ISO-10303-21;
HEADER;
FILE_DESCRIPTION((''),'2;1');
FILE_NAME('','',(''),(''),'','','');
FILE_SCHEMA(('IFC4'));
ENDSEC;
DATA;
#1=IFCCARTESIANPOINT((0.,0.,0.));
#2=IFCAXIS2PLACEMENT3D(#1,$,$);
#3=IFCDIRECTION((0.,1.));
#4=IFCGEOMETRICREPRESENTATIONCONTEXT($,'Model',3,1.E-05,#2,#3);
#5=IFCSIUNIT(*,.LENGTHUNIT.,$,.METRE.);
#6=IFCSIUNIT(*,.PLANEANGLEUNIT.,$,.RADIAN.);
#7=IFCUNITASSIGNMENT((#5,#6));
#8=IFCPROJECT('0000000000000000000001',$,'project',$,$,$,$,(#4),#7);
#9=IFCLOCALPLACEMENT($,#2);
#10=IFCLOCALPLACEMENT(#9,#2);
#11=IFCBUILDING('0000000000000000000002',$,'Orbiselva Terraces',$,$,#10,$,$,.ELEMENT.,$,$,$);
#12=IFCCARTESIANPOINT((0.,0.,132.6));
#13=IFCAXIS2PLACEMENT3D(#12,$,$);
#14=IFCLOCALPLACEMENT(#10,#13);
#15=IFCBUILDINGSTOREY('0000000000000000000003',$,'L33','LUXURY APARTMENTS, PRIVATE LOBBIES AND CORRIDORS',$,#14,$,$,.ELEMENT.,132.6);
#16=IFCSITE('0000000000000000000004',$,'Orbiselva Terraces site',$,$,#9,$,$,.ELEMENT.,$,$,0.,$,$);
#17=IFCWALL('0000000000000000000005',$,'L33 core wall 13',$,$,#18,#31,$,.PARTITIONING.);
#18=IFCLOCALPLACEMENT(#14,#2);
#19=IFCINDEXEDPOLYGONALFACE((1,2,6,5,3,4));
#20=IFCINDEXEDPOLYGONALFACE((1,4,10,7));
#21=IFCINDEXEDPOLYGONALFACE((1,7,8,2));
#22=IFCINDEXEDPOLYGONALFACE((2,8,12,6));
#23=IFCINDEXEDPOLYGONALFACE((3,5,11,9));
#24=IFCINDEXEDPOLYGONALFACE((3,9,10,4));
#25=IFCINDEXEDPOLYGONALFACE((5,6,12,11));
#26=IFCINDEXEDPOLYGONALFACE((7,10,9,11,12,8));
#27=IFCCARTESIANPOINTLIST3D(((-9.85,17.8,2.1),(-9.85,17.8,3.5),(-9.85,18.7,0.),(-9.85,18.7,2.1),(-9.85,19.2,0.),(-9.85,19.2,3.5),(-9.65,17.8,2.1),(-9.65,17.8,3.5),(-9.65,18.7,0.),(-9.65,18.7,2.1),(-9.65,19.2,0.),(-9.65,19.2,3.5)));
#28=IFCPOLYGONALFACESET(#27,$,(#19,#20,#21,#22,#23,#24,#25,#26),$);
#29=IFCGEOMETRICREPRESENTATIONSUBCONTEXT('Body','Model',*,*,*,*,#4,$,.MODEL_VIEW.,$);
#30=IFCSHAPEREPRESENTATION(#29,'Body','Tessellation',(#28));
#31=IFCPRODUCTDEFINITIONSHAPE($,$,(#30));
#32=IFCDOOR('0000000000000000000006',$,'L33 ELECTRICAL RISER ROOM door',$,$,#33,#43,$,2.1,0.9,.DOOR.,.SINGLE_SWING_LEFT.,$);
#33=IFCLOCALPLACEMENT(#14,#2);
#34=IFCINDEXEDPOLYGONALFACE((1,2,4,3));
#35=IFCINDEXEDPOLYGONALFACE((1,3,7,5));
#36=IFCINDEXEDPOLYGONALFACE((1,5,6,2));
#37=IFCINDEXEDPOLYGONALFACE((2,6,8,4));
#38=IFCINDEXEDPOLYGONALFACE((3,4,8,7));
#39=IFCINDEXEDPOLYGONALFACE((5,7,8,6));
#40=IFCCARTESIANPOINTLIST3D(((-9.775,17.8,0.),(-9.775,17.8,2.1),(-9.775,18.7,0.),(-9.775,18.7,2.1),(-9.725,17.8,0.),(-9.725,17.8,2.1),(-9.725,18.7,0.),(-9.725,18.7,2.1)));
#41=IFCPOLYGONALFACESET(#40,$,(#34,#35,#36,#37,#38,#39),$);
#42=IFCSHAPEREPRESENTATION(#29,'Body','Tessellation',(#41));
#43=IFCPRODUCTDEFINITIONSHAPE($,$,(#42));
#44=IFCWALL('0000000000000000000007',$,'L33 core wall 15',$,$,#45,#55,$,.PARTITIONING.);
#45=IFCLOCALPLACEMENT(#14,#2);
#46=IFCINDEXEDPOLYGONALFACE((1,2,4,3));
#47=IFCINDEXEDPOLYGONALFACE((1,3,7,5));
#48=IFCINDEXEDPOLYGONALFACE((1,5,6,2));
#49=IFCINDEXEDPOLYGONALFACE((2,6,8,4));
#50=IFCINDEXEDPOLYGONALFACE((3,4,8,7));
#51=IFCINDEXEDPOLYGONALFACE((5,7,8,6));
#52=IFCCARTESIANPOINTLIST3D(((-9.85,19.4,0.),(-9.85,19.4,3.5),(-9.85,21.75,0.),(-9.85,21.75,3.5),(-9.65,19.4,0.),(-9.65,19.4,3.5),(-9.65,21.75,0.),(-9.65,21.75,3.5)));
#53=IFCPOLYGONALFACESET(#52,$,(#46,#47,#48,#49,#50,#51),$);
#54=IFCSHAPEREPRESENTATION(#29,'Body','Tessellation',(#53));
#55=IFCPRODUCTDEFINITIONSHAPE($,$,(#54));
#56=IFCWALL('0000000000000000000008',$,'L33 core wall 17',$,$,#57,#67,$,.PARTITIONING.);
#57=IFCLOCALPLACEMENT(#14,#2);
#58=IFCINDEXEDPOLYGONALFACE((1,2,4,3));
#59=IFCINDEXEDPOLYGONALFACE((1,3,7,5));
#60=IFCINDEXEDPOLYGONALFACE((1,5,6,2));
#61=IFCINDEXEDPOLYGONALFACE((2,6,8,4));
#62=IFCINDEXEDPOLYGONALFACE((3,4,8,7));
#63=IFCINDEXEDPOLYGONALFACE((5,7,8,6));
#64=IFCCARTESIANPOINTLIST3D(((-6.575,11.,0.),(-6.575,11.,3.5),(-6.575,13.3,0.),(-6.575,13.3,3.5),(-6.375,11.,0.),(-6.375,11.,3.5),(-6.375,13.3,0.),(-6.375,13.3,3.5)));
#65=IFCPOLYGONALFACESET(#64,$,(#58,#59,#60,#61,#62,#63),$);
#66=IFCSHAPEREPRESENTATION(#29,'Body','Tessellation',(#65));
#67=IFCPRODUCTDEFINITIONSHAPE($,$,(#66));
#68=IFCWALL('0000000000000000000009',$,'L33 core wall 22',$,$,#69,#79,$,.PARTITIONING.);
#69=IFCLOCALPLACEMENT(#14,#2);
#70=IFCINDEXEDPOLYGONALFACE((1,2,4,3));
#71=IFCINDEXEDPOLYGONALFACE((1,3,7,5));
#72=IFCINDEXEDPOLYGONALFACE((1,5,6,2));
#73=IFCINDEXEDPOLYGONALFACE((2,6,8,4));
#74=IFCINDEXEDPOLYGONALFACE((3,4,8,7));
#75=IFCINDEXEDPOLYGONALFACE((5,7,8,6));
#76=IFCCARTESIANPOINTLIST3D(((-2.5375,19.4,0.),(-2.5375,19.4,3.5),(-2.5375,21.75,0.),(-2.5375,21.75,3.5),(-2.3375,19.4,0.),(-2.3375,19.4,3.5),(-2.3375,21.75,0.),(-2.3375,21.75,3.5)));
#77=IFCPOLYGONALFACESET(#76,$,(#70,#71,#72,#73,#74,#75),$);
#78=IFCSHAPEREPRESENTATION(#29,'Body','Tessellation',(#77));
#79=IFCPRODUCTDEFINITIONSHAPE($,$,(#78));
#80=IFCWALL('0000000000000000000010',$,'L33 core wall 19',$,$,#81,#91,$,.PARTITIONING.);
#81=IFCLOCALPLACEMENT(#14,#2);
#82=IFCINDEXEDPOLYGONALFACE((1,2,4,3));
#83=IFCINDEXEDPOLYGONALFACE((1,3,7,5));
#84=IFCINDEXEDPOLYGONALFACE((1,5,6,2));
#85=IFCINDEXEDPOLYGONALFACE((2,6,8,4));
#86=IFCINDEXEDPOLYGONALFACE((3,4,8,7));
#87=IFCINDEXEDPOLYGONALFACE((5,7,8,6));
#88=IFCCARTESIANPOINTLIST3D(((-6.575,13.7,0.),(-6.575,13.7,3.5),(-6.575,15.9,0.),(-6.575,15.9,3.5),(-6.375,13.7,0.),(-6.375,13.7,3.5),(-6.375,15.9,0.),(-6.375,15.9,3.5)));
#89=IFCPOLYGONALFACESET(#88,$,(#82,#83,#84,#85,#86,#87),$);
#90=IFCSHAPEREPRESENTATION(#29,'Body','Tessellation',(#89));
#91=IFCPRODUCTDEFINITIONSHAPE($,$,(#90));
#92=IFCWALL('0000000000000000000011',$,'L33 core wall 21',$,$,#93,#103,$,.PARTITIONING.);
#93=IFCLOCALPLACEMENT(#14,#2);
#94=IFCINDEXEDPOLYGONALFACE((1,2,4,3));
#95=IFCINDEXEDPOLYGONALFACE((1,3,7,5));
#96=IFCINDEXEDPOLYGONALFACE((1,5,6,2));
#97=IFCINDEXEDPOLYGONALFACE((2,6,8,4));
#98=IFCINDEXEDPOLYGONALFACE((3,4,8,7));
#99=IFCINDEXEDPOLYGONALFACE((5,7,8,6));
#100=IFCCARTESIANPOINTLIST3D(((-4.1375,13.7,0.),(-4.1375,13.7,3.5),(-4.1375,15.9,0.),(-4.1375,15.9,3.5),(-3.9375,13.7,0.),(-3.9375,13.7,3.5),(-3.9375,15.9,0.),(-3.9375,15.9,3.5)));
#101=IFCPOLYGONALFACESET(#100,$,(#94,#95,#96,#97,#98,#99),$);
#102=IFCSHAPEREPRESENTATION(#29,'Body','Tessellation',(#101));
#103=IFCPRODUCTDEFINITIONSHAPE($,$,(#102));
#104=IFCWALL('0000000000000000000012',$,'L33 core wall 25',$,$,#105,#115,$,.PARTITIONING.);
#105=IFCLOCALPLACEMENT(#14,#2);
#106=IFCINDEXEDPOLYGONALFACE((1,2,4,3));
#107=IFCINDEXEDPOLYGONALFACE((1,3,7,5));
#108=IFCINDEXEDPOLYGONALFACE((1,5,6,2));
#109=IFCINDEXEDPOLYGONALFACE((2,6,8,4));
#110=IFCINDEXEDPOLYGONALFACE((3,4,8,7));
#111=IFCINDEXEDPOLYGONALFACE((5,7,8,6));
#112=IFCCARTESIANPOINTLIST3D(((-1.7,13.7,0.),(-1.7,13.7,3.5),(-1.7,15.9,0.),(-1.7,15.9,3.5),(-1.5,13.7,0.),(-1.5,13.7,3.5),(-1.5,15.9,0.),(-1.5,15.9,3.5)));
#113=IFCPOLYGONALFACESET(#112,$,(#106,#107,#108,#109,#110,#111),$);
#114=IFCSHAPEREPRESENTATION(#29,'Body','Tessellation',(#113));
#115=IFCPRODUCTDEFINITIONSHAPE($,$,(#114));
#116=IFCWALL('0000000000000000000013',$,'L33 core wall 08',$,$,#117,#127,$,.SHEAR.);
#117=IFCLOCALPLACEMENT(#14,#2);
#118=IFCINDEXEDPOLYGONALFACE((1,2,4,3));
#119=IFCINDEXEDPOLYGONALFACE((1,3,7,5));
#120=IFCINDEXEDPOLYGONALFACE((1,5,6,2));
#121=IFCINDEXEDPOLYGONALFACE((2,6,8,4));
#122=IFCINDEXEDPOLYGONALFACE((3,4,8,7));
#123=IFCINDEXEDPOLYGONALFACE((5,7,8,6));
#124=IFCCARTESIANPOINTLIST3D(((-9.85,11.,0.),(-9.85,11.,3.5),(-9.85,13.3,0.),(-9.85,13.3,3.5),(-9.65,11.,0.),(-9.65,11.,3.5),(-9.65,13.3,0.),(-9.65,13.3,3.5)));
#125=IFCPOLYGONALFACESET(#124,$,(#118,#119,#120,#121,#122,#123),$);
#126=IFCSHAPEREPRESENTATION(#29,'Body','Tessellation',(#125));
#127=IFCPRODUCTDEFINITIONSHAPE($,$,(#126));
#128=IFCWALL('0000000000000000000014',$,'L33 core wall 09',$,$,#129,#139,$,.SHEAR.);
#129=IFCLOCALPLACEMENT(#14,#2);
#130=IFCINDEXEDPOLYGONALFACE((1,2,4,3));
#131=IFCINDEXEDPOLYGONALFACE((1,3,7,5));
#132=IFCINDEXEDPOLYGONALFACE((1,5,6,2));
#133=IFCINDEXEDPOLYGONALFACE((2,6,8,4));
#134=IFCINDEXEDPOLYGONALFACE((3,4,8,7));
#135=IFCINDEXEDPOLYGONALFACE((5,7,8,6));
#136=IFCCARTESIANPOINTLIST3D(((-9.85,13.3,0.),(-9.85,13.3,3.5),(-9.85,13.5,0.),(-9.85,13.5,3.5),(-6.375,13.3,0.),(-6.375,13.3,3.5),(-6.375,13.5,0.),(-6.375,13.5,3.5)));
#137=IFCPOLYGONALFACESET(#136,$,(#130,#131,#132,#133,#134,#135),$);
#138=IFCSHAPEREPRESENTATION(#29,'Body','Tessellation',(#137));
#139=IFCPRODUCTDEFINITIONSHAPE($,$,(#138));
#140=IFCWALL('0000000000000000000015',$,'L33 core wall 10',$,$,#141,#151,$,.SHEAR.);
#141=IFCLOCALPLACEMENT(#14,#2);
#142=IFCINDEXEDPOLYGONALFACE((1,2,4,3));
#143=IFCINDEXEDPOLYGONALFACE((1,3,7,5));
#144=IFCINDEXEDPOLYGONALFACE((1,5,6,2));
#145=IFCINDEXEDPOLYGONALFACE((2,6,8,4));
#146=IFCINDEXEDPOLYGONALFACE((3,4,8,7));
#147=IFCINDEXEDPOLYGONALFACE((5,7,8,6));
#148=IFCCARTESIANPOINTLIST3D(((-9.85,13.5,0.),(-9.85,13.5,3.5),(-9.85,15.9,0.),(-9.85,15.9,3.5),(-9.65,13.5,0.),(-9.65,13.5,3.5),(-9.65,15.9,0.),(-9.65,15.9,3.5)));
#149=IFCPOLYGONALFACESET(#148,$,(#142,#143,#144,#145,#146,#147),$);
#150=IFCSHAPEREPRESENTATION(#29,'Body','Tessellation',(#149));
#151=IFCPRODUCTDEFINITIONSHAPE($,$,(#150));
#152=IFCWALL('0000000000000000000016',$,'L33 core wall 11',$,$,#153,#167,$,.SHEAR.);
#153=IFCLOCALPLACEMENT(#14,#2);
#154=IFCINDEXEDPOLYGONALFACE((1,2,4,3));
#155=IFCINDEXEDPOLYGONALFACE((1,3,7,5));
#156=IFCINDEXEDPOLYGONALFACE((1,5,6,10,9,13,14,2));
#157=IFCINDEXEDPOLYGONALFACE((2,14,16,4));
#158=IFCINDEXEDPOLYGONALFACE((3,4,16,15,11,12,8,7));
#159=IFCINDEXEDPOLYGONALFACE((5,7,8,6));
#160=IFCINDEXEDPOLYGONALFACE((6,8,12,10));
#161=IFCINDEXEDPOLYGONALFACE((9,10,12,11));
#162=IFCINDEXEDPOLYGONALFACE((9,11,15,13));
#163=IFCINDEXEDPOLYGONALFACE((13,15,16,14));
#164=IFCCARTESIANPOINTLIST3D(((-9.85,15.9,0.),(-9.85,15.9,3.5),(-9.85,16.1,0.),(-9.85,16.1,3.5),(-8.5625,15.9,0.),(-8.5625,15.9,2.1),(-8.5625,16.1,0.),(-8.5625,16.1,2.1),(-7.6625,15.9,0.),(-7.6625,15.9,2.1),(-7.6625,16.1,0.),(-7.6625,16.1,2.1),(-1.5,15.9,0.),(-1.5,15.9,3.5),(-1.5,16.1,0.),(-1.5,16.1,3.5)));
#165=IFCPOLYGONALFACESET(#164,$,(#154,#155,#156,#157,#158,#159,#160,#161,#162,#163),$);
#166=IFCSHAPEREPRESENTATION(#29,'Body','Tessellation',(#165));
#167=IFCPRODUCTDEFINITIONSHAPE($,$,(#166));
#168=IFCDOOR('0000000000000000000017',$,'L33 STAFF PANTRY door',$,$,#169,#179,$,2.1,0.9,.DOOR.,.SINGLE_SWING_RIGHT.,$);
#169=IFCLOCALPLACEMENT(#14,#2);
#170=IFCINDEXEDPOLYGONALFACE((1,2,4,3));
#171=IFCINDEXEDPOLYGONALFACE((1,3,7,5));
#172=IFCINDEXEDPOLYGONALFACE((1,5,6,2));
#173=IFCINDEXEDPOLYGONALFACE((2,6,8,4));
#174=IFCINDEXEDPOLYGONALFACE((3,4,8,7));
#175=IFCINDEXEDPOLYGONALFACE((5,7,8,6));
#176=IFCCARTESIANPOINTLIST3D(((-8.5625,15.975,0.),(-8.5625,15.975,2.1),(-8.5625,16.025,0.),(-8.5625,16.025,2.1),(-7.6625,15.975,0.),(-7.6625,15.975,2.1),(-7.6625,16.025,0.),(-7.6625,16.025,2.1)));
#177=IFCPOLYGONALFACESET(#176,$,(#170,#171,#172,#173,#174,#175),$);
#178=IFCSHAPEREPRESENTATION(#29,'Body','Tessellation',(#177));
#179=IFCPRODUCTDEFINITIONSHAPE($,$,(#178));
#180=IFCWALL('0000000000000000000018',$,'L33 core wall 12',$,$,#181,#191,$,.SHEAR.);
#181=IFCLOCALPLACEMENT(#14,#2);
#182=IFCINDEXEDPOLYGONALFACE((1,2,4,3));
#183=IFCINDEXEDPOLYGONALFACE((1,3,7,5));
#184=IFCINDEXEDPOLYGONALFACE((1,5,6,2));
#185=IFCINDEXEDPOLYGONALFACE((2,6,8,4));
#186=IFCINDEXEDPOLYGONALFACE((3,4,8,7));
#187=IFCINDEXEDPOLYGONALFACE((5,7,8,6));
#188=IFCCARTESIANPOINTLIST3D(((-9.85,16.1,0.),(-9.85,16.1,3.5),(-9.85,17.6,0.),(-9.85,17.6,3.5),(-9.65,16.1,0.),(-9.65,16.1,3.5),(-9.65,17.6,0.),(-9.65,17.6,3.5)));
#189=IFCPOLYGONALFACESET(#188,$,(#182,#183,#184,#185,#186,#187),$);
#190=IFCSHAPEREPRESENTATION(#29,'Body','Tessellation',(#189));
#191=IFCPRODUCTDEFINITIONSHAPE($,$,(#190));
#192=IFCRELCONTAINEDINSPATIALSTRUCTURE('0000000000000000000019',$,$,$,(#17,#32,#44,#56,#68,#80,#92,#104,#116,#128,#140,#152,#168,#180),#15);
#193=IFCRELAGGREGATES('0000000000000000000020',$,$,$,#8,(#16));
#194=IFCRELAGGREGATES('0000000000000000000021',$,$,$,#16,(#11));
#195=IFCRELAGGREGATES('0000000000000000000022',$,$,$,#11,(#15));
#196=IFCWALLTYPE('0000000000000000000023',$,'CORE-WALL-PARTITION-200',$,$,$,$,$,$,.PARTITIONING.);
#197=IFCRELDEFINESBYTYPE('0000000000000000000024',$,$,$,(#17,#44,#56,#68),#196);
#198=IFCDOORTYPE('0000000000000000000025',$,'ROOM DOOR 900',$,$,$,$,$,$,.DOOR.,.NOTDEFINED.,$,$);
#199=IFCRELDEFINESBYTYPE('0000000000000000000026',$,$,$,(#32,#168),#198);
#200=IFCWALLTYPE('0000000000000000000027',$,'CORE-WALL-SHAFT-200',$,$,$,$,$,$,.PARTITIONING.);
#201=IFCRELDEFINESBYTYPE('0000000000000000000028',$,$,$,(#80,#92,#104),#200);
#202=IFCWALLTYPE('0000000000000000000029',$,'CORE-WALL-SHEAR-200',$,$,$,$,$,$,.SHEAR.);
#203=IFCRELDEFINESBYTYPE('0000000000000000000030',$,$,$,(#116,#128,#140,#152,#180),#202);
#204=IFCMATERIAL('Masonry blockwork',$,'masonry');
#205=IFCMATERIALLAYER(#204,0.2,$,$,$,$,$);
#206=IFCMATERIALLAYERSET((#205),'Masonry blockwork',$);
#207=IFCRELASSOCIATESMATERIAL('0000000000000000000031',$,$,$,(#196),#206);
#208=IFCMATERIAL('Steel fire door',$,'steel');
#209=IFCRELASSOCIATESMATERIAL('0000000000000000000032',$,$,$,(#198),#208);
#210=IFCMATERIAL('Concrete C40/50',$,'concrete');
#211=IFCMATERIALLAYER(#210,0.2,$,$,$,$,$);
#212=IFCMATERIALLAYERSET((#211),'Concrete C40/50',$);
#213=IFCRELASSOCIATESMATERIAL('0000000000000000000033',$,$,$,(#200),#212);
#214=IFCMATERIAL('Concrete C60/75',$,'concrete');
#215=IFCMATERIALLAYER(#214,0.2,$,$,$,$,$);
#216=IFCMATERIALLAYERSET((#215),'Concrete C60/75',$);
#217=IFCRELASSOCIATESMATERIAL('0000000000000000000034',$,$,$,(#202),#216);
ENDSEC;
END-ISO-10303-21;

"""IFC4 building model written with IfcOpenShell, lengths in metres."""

from ifc_helpers import new_model, si_unit, direction, frame, frame_2d, origin, place, context, subcontext, project, spatial, rectangle, extrude, material, layer, layer_set, type_object, element, fill, save


model = new_model("IFC4")

# Units and contexts
model_context = context("Model", 3, precision=1e-05, world=origin(), true_north=direction((0.0, 1.0)))
body_context = subcontext(model_context, "Body", "Model", "MODEL_VIEW")
ifc_project = project(units=[si_unit("LENGTHUNIT", "METRE"), si_unit("PLANEANGLEUNIT", "RADIAN")], contexts=[model_context])

# Site, building, storey
site_placement = place(None, origin())
site = spatial("IfcSite", under=ifc_project, at=site_placement, Name="Orbiselva Terraces site", CompositionType="ELEMENT", RefElevation=0.0)
building_placement = place(site_placement, origin())
building = spatial("IfcBuilding", under=site, at=building_placement, Name="Orbiselva Terraces", CompositionType="ELEMENT")
storey_placement = place(building_placement, frame((0.0, 0.0, 132.6)))
storey = spatial("IfcBuildingStorey", under=building, at=storey_placement, Name="L33", Description="LUXURY APARTMENTS, PRIVATE LOBBIES AND CORRIDORS", CompositionType="ELEMENT", Elevation=132.6)

# Wall, opening, door
ifc_material_1 = material(Name="Masonry blockwork", Category="masonry")
ifc_layer_1 = layer(ifc_material_1, 0.2)
ifc_layer_set_1 = layer_set([ifc_layer_1], Name="Masonry blockwork")
wall_type_1 = type_object("IfcWallType", Name="CORE-WALL-PARTITION-200", PredefinedType="PARTITIONING", material=ifc_layer_set_1)
wall_1_placement = place(storey_placement, frame((-9.75, 17.8, 0.0), z_axis=(0.0, 0.0, 1.0), x_axis=(0.0, 1.0, 0.0)))
wall_1 = element("IfcWall", 1, at=wall_1_placement, inside=storey, type_object=wall_type_1, Name="L33 core wall 13", PredefinedType="PARTITIONING", context=body_context, shape_type="SweptSolid", body=[
    extrude(rectangle(XDim=1.4, YDim=0.2, at=frame_2d((0.7, 0.0))), origin(), (0.0, 0.0, 1.0), 3.5),
])
opening_1_placement = place(wall_1_placement, origin())
opening_1 = element("IfcOpeningElement", 2, at=opening_1_placement, cuts=wall_1, PredefinedType="OPENING", context=body_context, shape_type="SweptSolid", body=[
    extrude(rectangle(XDim=0.9, YDim=2.1, at=frame_2d((0.45, 1.05))), frame((0.0, 0.11, 0.0), z_axis=(0.0, -1.0, 0.0), x_axis=(1.0, 0.0, 0.0)), (0.0, 0.0, 1.0), 0.22),
])
ifc_material_2 = material(Name="Steel fire door", Category="steel")
door_type_1 = type_object("IfcDoorType", Name="ROOM DOOR 900", OperationType="NOTDEFINED", PredefinedType="DOOR", material=ifc_material_2)
door_1_placement = place(opening_1_placement, origin())
door_1 = element("IfcDoor", 3, at=door_1_placement, inside=storey, type_object=door_type_1, Name="L33 ELECTRICAL RISER ROOM door", OperationType="SINGLE_SWING_LEFT", OverallHeight=2.1, OverallWidth=0.9, PredefinedType="DOOR", context=body_context, shape_type="SweptSolid", body=[
    extrude(rectangle(XDim=0.9, YDim=2.1, at=frame_2d((0.45, 1.05))), frame((0.0, 0.025, 0.0), z_axis=(0.0, -1.0, 0.0), x_axis=(1.0, 0.0, 0.0)), (0.0, 0.0, 1.0), 0.05),
])
fill(opening_1, door_1)

# Walls
wall_2_placement = place(storey_placement, frame((-9.75, 19.4, 0.0), z_axis=(0.0, 0.0, 1.0), x_axis=(0.0, 1.0, 0.0)))
element("IfcWall", 4, at=wall_2_placement, inside=storey, type_object=wall_type_1, Name="L33 core wall 15", PredefinedType="PARTITIONING", context=body_context, shape_type="SweptSolid", body=[
    extrude(rectangle(XDim=2.35, YDim=0.2, at=frame_2d((1.175, 0.0))), origin(), (0.0, 0.0, 1.0), 3.5),
])
wall_3_placement = place(storey_placement, frame((-6.475, 11.0, 0.0), z_axis=(0.0, 0.0, 1.0), x_axis=(0.0, 1.0, 0.0)))
element("IfcWall", 5, at=wall_3_placement, inside=storey, type_object=wall_type_1, Name="L33 core wall 17", PredefinedType="PARTITIONING", context=body_context, shape_type="SweptSolid", body=[
    extrude(rectangle(XDim=2.3, YDim=0.2, at=frame_2d((1.15, 0.0))), origin(), (0.0, 0.0, 1.0), 3.5),
])
wall_4_placement = place(storey_placement, frame((-2.4375, 19.4, 0.0), z_axis=(0.0, 0.0, 1.0), x_axis=(0.0, 1.0, 0.0)))
element("IfcWall", 6, at=wall_4_placement, inside=storey, type_object=wall_type_1, Name="L33 core wall 22", PredefinedType="PARTITIONING", context=body_context, shape_type="SweptSolid", body=[
    extrude(rectangle(XDim=2.35, YDim=0.2, at=frame_2d((1.175, 0.0))), origin(), (0.0, 0.0, 1.0), 3.5),
])
ifc_material_3 = material(Name="Concrete C40/50", Category="concrete")
ifc_layer_2 = layer(ifc_material_3, 0.2)
ifc_layer_set_2 = layer_set([ifc_layer_2], Name="Concrete C40/50")
wall_type_2 = type_object("IfcWallType", Name="CORE-WALL-SHAFT-200", PredefinedType="PARTITIONING", material=ifc_layer_set_2)
for number, where, z_axis, x_axis, name in (
    (7, (-6.475, 13.7, 0.0), (0.0, 0.0, 1.0), (0.0, 1.0, 0.0), "L33 core wall 19"),
    (8, (-4.0375, 13.7, 0.0), (0.0, 0.0, 1.0), (0.0, 1.0, 0.0), "L33 core wall 21"),
    (9, (-1.6, 13.7, 0.0), (0.0, 0.0, 1.0), (0.0, 1.0, 0.0), "L33 core wall 25"),
):
    element("IfcWall", number, at=place(storey_placement, frame(where, z_axis=z_axis, x_axis=x_axis)), inside=storey, type_object=wall_type_2, Name=name, PredefinedType="PARTITIONING", context=body_context, shape_type="SweptSolid", body=[
        extrude(rectangle(XDim=2.2, YDim=0.2, at=frame_2d((1.1, 0.0))), origin(), (0.0, 0.0, 1.0), 3.5),
    ])
ifc_material_4 = material(Name="Concrete C60/75", Category="concrete")
ifc_layer_3 = layer(ifc_material_4, 0.2)
ifc_layer_set_3 = layer_set([ifc_layer_3], Name="Concrete C60/75")
wall_type_3 = type_object("IfcWallType", Name="CORE-WALL-SHEAR-200", PredefinedType="SHEAR", material=ifc_layer_set_3)
wall_5_placement = place(storey_placement, frame((-9.75, 11.0, 0.0), z_axis=(0.0, 0.0, 1.0), x_axis=(0.0, 1.0, 0.0)))
element("IfcWall", 10, at=wall_5_placement, inside=storey, type_object=wall_type_3, Name="L33 core wall 08", PredefinedType="SHEAR", context=body_context, shape_type="SweptSolid", body=[
    extrude(rectangle(XDim=2.3, YDim=0.2, at=frame_2d((1.15, 0.0))), origin(), (0.0, 0.0, 1.0), 3.5),
])
wall_6_placement = place(storey_placement, frame((-9.85, 13.4, 0.0), z_axis=(0.0, 0.0, 1.0), x_axis=(1.0, 0.0, 0.0)))
element("IfcWall", 11, at=wall_6_placement, inside=storey, type_object=wall_type_3, Name="L33 core wall 09", PredefinedType="SHEAR", context=body_context, shape_type="SweptSolid", body=[
    extrude(rectangle(XDim=3.475, YDim=0.2, at=frame_2d((1.7375, 0.0))), origin(), (0.0, 0.0, 1.0), 3.5),
])
wall_7_placement = place(storey_placement, frame((-9.75, 13.5, 0.0), z_axis=(0.0, 0.0, 1.0), x_axis=(0.0, 1.0, 0.0)))
element("IfcWall", 12, at=wall_7_placement, inside=storey, type_object=wall_type_3, Name="L33 core wall 10", PredefinedType="SHEAR", context=body_context, shape_type="SweptSolid", body=[
    extrude(rectangle(XDim=2.4, YDim=0.2, at=frame_2d((1.2, 0.0))), origin(), (0.0, 0.0, 1.0), 3.5),
])

# Wall, opening, door
wall_8_placement = place(storey_placement, frame((-1.5, 16.0, 0.0), z_axis=(0.0, 0.0, 1.0), x_axis=(-1.0, 0.0, 0.0)))
wall_8 = element("IfcWall", 13, at=wall_8_placement, inside=storey, type_object=wall_type_3, Name="L33 core wall 11", PredefinedType="SHEAR", context=body_context, shape_type="SweptSolid", body=[
    extrude(rectangle(XDim=8.35, YDim=0.2, at=frame_2d((4.175, 0.0))), origin(), (0.0, 0.0, 1.0), 3.5),
])
opening_2_placement = place(wall_8_placement, frame((6.1625, 0.0, 0.0)))
opening_2 = element("IfcOpeningElement", 14, at=opening_2_placement, cuts=wall_8, PredefinedType="OPENING", context=body_context, shape_type="SweptSolid", body=[
    extrude(rectangle(XDim=0.9, YDim=2.1, at=frame_2d((0.45, 1.05))), frame((0.0, 0.11, 0.0), z_axis=(0.0, -1.0, 0.0), x_axis=(1.0, 0.0, 0.0)), (0.0, 0.0, 1.0), 0.22),
])
door_2_placement = place(opening_2_placement, origin())
door_2 = element("IfcDoor", 15, at=door_2_placement, inside=storey, type_object=door_type_1, Name="L33 STAFF PANTRY door", OperationType="SINGLE_SWING_RIGHT", OverallHeight=2.1, OverallWidth=0.9, PredefinedType="DOOR", context=body_context, shape_type="SweptSolid", body=[
    extrude(rectangle(XDim=0.9, YDim=2.1, at=frame_2d((0.45, 1.05))), frame((0.0, 0.025, 0.0), z_axis=(0.0, -1.0, 0.0), x_axis=(1.0, 0.0, 0.0)), (0.0, 0.0, 1.0), 0.05),
])
fill(opening_2, door_2)

# Wall
wall_9_placement = place(storey_placement, frame((-9.75, 16.1, 0.0), z_axis=(0.0, 0.0, 1.0), x_axis=(0.0, 1.0, 0.0)))
element("IfcWall", 16, at=wall_9_placement, inside=storey, type_object=wall_type_3, Name="L33 core wall 12", PredefinedType="SHEAR", context=body_context, shape_type="SweptSolid", body=[
    extrude(rectangle(XDim=1.5, YDim=0.2, at=frame_2d((0.75, 0.0))), origin(), (0.0, 0.0, 1.0), 3.5),
])

save(model, "model.ifc")
